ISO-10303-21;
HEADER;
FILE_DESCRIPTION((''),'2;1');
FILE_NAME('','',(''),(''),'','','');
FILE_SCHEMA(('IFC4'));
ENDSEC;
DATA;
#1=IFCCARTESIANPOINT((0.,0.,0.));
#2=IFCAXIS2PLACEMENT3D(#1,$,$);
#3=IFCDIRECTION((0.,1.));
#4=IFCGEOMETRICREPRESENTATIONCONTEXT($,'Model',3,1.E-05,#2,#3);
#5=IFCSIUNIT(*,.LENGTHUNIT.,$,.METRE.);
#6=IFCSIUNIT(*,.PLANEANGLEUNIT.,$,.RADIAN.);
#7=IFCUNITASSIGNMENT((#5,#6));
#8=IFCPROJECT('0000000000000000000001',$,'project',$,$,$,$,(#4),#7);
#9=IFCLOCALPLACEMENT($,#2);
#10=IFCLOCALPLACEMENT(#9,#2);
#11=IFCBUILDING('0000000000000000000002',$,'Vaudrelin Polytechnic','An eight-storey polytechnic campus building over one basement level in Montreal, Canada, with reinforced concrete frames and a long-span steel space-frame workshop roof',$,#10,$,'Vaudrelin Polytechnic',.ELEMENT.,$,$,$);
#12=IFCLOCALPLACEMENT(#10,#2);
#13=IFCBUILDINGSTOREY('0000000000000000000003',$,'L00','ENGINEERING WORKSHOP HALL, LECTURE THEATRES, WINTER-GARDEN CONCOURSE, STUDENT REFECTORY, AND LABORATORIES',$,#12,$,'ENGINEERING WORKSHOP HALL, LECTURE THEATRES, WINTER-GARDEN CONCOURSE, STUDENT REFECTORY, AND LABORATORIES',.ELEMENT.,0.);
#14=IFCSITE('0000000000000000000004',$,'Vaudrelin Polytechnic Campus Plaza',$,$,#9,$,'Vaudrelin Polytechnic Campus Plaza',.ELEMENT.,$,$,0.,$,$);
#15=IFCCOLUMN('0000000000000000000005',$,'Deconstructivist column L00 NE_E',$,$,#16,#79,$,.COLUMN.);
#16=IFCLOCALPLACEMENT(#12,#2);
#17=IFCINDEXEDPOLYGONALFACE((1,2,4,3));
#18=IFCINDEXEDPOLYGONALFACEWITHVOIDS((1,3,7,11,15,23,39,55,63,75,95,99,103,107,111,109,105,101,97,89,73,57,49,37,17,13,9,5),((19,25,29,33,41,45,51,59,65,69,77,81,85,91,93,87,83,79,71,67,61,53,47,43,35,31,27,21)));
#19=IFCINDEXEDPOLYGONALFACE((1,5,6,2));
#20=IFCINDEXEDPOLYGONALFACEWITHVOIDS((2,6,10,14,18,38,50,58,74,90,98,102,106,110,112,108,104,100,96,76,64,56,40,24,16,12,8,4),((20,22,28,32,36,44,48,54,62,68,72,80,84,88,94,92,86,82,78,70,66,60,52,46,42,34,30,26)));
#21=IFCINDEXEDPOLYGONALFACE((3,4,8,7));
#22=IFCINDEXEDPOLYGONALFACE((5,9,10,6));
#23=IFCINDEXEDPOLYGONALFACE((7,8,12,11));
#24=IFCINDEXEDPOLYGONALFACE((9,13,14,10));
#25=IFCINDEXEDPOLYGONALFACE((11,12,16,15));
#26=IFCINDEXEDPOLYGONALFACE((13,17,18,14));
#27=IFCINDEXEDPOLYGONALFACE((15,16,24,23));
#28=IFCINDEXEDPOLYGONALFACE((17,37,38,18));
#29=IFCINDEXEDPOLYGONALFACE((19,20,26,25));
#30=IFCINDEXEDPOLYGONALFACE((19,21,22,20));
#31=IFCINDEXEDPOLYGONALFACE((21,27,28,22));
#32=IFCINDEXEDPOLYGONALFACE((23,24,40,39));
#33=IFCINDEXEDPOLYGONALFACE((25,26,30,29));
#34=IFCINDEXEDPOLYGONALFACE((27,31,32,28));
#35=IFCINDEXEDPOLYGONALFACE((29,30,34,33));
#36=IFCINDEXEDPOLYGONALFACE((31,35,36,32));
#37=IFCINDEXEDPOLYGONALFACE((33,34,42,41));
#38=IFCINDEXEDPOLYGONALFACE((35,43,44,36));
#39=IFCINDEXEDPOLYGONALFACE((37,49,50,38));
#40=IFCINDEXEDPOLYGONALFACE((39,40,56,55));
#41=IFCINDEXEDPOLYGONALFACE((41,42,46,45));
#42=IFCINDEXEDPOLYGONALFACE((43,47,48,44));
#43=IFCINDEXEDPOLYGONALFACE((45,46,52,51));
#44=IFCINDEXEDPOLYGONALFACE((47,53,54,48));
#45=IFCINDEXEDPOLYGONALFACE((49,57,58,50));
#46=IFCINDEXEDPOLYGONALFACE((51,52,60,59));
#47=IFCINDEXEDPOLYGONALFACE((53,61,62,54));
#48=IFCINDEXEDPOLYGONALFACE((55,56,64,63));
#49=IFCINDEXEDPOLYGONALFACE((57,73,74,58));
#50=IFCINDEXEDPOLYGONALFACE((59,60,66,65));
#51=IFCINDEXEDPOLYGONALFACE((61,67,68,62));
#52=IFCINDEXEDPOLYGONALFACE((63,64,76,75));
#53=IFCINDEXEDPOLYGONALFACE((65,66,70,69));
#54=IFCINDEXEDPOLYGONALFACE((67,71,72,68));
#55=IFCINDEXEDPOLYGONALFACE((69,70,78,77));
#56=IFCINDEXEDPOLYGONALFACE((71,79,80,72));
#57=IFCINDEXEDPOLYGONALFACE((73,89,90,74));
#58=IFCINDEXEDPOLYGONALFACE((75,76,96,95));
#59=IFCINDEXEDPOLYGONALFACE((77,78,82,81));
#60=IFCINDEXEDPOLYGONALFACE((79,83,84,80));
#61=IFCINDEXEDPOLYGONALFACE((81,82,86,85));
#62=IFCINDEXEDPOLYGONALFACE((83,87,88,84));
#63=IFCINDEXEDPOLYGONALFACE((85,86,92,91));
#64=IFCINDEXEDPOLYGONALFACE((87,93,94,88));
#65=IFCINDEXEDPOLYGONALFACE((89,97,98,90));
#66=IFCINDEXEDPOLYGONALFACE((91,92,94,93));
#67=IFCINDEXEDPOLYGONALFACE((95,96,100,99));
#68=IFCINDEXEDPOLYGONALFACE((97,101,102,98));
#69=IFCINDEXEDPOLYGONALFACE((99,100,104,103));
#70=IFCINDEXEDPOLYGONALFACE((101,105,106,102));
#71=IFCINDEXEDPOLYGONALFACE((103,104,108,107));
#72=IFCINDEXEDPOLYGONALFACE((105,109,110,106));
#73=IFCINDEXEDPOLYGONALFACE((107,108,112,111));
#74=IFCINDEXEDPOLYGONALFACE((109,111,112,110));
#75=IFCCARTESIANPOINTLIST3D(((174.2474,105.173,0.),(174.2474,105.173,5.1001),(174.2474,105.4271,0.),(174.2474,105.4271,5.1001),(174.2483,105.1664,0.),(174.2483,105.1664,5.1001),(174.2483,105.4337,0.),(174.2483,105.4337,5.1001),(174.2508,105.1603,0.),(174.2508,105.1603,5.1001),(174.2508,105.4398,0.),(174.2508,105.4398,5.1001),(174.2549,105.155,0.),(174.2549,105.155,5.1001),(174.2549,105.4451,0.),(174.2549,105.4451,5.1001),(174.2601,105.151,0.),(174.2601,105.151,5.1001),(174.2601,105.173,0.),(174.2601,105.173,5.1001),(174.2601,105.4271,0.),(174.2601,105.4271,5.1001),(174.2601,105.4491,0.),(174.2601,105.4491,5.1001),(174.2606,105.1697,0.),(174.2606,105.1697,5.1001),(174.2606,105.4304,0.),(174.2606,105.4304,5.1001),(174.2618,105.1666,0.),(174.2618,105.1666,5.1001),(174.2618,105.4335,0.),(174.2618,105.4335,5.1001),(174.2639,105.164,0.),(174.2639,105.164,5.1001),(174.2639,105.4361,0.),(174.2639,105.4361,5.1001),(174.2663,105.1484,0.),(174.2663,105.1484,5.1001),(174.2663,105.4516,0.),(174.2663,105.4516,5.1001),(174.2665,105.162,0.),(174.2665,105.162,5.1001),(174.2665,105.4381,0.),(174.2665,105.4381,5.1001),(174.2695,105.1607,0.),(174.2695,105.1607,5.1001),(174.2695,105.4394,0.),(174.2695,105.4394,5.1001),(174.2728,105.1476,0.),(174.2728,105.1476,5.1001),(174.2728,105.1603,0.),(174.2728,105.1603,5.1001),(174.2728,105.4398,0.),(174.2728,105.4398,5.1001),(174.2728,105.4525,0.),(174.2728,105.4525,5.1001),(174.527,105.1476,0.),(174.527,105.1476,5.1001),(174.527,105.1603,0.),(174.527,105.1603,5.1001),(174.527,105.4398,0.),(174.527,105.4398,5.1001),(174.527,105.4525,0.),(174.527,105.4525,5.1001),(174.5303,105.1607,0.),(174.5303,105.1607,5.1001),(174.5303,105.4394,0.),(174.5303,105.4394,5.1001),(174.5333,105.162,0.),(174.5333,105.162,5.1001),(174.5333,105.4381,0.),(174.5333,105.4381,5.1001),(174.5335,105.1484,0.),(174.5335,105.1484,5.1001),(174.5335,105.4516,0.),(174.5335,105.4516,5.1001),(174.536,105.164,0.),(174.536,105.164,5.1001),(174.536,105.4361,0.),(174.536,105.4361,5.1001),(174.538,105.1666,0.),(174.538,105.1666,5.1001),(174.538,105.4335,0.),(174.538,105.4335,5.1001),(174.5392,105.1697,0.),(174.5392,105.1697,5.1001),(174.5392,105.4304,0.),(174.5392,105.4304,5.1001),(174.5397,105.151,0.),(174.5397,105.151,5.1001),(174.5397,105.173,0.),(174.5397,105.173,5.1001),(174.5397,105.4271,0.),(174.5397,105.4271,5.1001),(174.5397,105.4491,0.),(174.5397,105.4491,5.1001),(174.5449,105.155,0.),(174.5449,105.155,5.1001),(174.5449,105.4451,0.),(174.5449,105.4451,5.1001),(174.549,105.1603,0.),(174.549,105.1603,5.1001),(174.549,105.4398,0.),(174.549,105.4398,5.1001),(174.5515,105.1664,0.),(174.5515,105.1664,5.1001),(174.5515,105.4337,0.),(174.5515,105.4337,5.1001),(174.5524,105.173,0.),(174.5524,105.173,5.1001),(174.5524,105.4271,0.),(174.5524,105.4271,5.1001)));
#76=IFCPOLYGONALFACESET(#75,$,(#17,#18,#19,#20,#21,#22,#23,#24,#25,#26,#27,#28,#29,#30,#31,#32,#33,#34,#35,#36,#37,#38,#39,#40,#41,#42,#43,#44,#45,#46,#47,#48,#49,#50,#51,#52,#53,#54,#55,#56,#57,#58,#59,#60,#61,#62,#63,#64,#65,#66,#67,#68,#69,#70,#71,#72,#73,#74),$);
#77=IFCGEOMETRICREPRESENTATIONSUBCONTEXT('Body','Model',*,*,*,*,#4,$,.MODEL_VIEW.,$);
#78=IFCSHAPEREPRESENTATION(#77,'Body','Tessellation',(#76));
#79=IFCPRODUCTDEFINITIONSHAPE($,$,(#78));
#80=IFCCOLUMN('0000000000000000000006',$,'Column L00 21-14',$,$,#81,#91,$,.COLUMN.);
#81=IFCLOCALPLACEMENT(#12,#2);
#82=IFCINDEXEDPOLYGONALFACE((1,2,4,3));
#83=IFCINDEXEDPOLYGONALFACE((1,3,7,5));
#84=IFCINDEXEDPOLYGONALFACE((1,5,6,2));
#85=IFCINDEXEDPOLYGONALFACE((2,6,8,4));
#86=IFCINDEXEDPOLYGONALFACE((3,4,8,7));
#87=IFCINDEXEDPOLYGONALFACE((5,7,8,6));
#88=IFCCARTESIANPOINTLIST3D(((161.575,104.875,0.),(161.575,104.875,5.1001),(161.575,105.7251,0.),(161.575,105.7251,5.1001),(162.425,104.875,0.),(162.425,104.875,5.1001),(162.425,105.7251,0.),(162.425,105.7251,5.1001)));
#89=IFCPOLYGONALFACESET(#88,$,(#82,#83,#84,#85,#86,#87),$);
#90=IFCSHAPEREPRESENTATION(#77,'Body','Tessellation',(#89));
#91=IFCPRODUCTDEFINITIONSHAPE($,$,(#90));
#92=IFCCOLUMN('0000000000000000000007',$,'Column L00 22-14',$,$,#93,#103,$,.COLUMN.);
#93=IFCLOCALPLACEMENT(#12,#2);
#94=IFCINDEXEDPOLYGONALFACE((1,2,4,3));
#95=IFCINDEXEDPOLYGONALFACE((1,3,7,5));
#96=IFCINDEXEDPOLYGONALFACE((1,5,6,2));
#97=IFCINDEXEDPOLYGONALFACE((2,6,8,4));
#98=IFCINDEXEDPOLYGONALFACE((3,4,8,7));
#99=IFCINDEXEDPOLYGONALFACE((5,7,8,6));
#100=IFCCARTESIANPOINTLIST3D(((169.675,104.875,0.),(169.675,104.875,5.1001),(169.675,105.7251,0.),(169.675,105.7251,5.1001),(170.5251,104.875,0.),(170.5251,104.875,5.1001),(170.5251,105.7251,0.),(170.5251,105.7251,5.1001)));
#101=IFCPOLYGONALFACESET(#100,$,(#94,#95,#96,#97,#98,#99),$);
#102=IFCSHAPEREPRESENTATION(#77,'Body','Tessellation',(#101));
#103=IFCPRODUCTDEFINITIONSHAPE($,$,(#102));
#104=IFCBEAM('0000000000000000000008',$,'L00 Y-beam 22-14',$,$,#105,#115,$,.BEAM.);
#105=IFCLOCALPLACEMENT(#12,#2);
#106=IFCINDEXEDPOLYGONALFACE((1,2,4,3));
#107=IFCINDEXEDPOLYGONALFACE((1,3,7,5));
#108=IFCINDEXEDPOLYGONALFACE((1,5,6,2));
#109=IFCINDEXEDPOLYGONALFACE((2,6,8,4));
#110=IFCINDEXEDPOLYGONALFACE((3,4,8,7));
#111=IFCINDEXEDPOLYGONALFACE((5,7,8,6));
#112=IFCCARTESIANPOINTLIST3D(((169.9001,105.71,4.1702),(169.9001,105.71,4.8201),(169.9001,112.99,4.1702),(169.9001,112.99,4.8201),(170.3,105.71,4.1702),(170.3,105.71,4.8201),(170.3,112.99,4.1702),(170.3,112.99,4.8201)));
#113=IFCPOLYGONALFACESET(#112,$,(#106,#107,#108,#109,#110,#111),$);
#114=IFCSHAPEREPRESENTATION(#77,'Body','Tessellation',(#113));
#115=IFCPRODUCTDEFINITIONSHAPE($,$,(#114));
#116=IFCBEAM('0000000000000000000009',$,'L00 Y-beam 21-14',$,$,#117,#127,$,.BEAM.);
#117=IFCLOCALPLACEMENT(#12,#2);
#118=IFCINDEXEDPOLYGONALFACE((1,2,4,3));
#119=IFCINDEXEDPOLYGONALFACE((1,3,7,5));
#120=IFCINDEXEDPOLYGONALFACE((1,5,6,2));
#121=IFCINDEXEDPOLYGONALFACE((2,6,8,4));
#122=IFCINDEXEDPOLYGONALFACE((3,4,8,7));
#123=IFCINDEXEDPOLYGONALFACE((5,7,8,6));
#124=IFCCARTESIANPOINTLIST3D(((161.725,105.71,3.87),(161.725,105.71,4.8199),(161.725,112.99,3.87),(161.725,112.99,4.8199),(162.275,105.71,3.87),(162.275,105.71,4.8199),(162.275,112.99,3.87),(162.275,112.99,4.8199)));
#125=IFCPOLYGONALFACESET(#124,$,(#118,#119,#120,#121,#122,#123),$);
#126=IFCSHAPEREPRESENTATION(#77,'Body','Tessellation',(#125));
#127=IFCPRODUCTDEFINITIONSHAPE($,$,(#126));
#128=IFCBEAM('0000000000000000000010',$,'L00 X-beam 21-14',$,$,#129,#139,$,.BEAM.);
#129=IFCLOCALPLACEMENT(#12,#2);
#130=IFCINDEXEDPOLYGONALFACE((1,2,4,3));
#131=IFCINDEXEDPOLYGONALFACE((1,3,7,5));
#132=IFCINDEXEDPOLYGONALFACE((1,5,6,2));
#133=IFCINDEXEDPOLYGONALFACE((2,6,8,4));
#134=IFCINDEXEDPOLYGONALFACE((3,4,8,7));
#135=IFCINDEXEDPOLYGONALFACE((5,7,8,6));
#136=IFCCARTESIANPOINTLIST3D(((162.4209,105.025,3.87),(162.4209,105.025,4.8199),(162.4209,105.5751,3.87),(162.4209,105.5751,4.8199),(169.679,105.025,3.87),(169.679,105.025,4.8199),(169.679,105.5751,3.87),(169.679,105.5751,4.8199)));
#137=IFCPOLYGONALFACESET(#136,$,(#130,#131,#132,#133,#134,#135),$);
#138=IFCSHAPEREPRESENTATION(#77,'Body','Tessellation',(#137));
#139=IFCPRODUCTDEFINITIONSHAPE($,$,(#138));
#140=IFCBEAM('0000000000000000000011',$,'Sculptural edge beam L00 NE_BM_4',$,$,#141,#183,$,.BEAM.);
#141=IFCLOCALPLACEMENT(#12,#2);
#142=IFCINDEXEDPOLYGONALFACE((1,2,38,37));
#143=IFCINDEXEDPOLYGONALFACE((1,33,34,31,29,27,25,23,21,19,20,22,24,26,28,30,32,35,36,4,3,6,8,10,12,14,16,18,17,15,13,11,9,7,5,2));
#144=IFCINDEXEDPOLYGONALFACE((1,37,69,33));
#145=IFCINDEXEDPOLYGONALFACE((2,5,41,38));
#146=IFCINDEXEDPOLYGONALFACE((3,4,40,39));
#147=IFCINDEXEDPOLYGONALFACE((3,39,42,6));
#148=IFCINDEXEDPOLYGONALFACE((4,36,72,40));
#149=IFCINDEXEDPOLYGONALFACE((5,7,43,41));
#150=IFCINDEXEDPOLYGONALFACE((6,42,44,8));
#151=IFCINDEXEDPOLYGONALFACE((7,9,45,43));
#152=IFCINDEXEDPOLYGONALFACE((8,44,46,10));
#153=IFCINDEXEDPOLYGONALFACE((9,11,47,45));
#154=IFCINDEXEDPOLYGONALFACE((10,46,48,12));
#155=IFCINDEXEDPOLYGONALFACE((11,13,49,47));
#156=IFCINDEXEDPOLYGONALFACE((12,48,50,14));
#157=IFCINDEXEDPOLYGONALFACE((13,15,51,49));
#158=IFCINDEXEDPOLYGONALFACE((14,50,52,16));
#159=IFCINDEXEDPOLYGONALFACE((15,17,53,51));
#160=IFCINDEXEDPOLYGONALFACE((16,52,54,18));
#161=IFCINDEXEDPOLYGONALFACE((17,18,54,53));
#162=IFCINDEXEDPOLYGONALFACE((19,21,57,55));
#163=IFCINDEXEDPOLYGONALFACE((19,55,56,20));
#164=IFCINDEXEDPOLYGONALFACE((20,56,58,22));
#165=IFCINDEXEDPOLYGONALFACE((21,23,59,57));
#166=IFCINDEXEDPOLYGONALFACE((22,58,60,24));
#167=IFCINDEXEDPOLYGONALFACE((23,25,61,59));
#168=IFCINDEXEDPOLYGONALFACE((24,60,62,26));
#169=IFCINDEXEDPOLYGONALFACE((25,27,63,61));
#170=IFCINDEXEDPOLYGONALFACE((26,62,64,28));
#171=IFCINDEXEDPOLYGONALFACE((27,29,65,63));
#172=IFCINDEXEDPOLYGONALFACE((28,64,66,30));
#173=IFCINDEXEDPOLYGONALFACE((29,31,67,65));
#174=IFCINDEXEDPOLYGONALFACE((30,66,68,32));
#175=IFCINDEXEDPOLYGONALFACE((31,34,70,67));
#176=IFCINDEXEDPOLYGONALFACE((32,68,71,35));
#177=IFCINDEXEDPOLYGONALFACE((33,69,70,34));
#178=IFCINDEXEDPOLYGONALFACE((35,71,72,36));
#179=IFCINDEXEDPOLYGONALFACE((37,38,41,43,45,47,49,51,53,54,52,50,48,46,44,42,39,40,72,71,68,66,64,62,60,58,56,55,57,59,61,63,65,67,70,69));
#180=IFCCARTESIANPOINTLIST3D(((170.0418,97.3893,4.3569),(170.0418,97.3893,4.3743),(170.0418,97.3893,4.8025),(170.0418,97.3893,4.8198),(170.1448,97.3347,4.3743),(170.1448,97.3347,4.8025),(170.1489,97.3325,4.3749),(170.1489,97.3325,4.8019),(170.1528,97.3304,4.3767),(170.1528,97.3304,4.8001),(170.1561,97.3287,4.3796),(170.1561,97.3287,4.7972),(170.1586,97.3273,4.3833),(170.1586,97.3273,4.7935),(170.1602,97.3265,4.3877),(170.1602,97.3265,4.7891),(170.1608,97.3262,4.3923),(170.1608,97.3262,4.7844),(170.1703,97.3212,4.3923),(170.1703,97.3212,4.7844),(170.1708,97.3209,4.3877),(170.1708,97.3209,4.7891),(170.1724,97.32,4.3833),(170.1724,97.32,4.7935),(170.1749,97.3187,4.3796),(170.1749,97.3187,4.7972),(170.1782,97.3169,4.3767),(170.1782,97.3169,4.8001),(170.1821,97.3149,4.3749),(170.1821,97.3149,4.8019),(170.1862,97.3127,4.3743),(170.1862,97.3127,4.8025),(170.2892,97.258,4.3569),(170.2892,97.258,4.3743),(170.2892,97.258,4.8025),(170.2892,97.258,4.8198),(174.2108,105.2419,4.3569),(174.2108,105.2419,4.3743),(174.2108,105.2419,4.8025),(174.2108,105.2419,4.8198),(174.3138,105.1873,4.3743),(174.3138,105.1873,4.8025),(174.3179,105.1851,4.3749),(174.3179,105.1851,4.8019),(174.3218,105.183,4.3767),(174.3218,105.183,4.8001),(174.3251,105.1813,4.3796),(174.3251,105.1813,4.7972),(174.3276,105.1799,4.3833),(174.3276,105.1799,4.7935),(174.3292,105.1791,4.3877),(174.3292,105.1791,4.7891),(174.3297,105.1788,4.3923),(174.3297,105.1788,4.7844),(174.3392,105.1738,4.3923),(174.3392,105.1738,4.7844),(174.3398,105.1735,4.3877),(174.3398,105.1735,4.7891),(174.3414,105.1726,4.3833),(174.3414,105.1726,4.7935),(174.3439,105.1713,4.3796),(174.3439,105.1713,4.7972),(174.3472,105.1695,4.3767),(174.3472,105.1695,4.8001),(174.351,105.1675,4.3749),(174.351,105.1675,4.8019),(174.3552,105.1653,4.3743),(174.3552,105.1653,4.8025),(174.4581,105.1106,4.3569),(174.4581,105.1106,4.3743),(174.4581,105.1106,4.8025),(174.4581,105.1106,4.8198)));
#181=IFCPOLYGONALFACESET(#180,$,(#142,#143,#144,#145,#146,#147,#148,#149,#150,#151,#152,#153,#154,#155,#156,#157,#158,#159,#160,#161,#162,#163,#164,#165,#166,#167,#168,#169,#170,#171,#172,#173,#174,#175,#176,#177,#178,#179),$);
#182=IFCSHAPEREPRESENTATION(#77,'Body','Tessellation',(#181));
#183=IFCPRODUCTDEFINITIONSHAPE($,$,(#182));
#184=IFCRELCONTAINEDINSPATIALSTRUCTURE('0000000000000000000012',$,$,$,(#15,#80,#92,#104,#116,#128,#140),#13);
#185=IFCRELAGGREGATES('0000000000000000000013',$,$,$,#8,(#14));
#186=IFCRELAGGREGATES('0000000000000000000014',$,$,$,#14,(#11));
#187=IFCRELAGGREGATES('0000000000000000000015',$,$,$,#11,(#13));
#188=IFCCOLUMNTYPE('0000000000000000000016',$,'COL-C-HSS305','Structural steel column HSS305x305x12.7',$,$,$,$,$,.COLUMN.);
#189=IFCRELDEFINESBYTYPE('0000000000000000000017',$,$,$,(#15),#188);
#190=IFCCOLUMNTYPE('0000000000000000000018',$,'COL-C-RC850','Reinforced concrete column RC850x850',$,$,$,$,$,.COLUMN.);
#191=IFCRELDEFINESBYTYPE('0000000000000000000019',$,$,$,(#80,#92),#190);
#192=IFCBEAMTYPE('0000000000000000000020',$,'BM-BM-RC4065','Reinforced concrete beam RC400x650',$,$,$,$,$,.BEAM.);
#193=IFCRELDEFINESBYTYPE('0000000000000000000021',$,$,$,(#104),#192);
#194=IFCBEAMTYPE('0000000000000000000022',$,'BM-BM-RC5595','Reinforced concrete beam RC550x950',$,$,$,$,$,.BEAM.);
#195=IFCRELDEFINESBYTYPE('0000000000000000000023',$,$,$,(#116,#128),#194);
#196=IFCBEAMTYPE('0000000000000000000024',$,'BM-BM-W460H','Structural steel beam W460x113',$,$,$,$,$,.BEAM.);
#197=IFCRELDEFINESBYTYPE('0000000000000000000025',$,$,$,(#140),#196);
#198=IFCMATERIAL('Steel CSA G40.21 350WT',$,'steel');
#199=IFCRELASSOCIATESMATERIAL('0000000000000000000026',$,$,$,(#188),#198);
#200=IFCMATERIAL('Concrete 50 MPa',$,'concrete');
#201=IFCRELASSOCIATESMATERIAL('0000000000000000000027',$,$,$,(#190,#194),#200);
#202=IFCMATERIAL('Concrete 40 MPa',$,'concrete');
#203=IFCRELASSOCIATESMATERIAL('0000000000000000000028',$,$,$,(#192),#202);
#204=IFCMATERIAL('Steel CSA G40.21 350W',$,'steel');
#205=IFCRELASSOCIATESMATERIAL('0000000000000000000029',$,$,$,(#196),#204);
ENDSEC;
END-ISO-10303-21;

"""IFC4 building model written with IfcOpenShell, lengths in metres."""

from ifc_helpers import new_model, si_unit, direction, frame, origin, origin_2d, place, context, subcontext, project, spatial, rectangle, hollow_rectangle, i_section, extrude, material, material_profile, profile_set, type_object, element, save


model = new_model("IFC4")

# Units and contexts
model_context = context("Model", 3, precision=1e-05, world=origin(), true_north=direction((0.0, 1.0)))
body_context = subcontext(model_context, "Body", "Model", "MODEL_VIEW")
ifc_project = project(units=[si_unit("LENGTHUNIT", "METRE"), si_unit("PLANEANGLEUNIT", "RADIAN")], contexts=[model_context])

# Site, building, storey
site_placement = place(None, origin())
site = spatial("IfcSite", under=ifc_project, at=site_placement, Name="Vaudrelin Polytechnic Campus Plaza", LongName="Vaudrelin Polytechnic Campus Plaza", CompositionType="ELEMENT", RefElevation=0.0)
building_placement = place(site_placement, origin())
building = spatial("IfcBuilding", under=site, at=building_placement, Name="Vaudrelin Polytechnic", Description="An eight-storey polytechnic campus building over one basement level in Montreal, Canada, with reinforced concrete frames and a long-span steel space-frame workshop roof", LongName="Vaudrelin Polytechnic", CompositionType="ELEMENT")
storey_placement = place(building_placement, origin())
storey = spatial("IfcBuildingStorey", under=building, at=storey_placement, Name="L00", Description="ENGINEERING WORKSHOP HALL, LECTURE THEATRES, WINTER-GARDEN CONCOURSE, STUDENT REFECTORY, AND LABORATORIES", LongName="ENGINEERING WORKSHOP HALL, LECTURE THEATRES, WINTER-GARDEN CONCOURSE, STUDENT REFECTORY, AND LABORATORIES", CompositionType="ELEMENT", Elevation=0.0)

# Columns
ifc_material_1 = material(Name="Steel CSA G40.21 350WT", Category="steel")
ifc_material_profile_1 = material_profile(ifc_material_1, hollow_rectangle(XDim=0.3049, YDim=0.3049, WallThickness=0.0127, InnerFilletRadius=0.0127, OuterFilletRadius=0.0254, at=origin_2d()), Name="HSS305x305x12.7")
ifc_profile_set_1 = profile_set([ifc_material_profile_1], Name="Steel CSA G40.21 350WT")
column_type_1 = type_object("IfcColumnType", Name="COL-C-HSS305", Description="Structural steel column HSS305x305x12.7", PredefinedType="COLUMN", material=ifc_profile_set_1)
column_placement = place(storey_placement, frame((174.3999, 105.3, 0.0), z_axis=(0.0, 0.0, 1.0), x_axis=(1.0, 0.0, 0.0)))
element("IfcColumn", 1, at=column_placement, inside=storey, type_object=column_type_1, Name="Deconstructivist column L00 NE_E", PredefinedType="COLUMN", context=body_context, shape_type="SweptSolid", body=[
    extrude(hollow_rectangle(XDim=0.3049, YDim=0.3049, WallThickness=0.0127, InnerFilletRadius=0.0127, OuterFilletRadius=0.0254, at=origin_2d()), origin(), (0.0, 0.0, 1.0), 5.1001),
])
ifc_material_2 = material(Name="Concrete 50 MPa", Category="concrete")
ifc_material_profile_2 = material_profile(ifc_material_2, rectangle(XDim=0.8501, YDim=0.8501, at=origin_2d()), Name="RC850x850")
ifc_profile_set_2 = profile_set([ifc_material_profile_2], Name="Concrete 50 MPa")
column_type_2 = type_object("IfcColumnType", Name="COL-C-RC850", Description="Reinforced concrete column RC850x850", PredefinedType="COLUMN", material=ifc_profile_set_2)
for number, where, z_axis, x_axis, name in (
    (2, (162.0, 105.3, 0.0), (0.0, 0.0, 1.0), (1.0, 0.0, 0.0), "Column L00 21-14"),
    (3, (170.1001, 105.3, 0.0), (0.0, 0.0, 1.0), (1.0, 0.0, 0.0), "Column L00 22-14"),
):
    element("IfcColumn", number, at=place(storey_placement, frame(where, z_axis=z_axis, x_axis=x_axis)), inside=storey, type_object=column_type_2, Name=name, PredefinedType="COLUMN", context=body_context, shape_type="SweptSolid", body=[
        extrude(rectangle(XDim=0.8501, YDim=0.8501, at=origin_2d()), origin(), (0.0, 0.0, 1.0), 5.1001),
    ])

# Beams
ifc_material_3 = material(Name="Concrete 40 MPa", Category="concrete")
ifc_material_profile_3 = material_profile(ifc_material_3, rectangle(XDim=0.3999, YDim=0.6499, at=origin_2d()), Name="RC400x650")
ifc_profile_set_3 = profile_set([ifc_material_profile_3], Name="Concrete 40 MPa")
beam_type_1 = type_object("IfcBeamType", Name="BM-BM-RC4065", Description="Reinforced concrete beam RC400x650", PredefinedType="BEAM", material=ifc_profile_set_3)
beam_1_placement = place(storey_placement, frame((170.1001, 105.71, 4.4951), z_axis=(0.0, 1.0, 0.0), x_axis=(-1.0, 0.0, 0.0)))
element("IfcBeam", 4, at=beam_1_placement, inside=storey, type_object=beam_type_1, Name="L00 Y-beam 22-14", PredefinedType="BEAM", context=body_context, shape_type="SweptSolid", body=[
    extrude(rectangle(XDim=0.3999, YDim=0.6499, at=origin_2d()), origin(), (0.0, 0.0, 1.0), 7.28),
])
ifc_material_profile_4 = material_profile(ifc_material_2, rectangle(XDim=0.55, YDim=0.95, at=origin_2d()), Name="RC550x950")
ifc_profile_set_4 = profile_set([ifc_material_profile_4], Name="Concrete 50 MPa")
beam_type_2 = type_object("IfcBeamType", Name="BM-BM-RC5595", Description="Reinforced concrete beam RC550x950", PredefinedType="BEAM", material=ifc_profile_set_4)
beam_2_placement = place(storey_placement, frame((162.0, 105.71, 4.345), z_axis=(0.0, 1.0, 0.0), x_axis=(-1.0, 0.0, 0.0)))
element("IfcBeam", 5, at=beam_2_placement, inside=storey, type_object=beam_type_2, Name="L00 Y-beam 21-14", PredefinedType="BEAM", context=body_context, shape_type="SweptSolid", body=[
    extrude(rectangle(XDim=0.55, YDim=0.95, at=origin_2d()), origin(), (0.0, 0.0, 1.0), 7.28),
])
beam_3_placement = place(storey_placement, frame((162.4209, 105.3, 4.345), z_axis=(1.0, 0.0, 0.0), x_axis=(0.0, 1.0, 0.0)))
element("IfcBeam", 6, at=beam_3_placement, inside=storey, type_object=beam_type_2, Name="L00 X-beam 21-14", PredefinedType="BEAM", context=body_context, shape_type="SweptSolid", body=[
    extrude(rectangle(XDim=0.55, YDim=0.95, at=origin_2d()), origin(), (0.0, 0.0, 1.0), 7.2581),
])
ifc_material_4 = material(Name="Steel CSA G40.21 350W", Category="steel")
ifc_material_profile_5 = material_profile(ifc_material_4, i_section(OverallWidth=0.28, OverallDepth=0.4629, WebThickness=0.0107, FlangeThickness=0.0173, FilletRadius=0.0181, at=origin_2d()), Name="W460x113")
ifc_profile_set_5 = profile_set([ifc_material_profile_5], Name="Steel CSA G40.21 350W")
beam_type_3 = type_object("IfcBeamType", Name="BM-BM-W460H", Description="Structural steel beam W460x113", PredefinedType="BEAM", material=ifc_profile_set_5)
beam_4_placement = place(storey_placement, frame((174.3345, 105.1763, 4.5884), z_axis=(-0.468917, -0.883242, 0.0), x_axis=(0.883242, -0.468917, 0.0)))
element("IfcBeam", 7, at=beam_4_placement, inside=storey, type_object=beam_type_3, Name="Sculptural edge beam L00 NE_BM_4", PredefinedType="BEAM", context=body_context, shape_type="SweptSolid", body=[
    extrude(i_section(OverallWidth=0.28, OverallDepth=0.4629, WebThickness=0.0107, FlangeThickness=0.0173, FilletRadius=0.0181, at=origin_2d()), origin(), (0.0, 0.0, 1.0), 8.8906),
])

save(model, "model.ifc")
